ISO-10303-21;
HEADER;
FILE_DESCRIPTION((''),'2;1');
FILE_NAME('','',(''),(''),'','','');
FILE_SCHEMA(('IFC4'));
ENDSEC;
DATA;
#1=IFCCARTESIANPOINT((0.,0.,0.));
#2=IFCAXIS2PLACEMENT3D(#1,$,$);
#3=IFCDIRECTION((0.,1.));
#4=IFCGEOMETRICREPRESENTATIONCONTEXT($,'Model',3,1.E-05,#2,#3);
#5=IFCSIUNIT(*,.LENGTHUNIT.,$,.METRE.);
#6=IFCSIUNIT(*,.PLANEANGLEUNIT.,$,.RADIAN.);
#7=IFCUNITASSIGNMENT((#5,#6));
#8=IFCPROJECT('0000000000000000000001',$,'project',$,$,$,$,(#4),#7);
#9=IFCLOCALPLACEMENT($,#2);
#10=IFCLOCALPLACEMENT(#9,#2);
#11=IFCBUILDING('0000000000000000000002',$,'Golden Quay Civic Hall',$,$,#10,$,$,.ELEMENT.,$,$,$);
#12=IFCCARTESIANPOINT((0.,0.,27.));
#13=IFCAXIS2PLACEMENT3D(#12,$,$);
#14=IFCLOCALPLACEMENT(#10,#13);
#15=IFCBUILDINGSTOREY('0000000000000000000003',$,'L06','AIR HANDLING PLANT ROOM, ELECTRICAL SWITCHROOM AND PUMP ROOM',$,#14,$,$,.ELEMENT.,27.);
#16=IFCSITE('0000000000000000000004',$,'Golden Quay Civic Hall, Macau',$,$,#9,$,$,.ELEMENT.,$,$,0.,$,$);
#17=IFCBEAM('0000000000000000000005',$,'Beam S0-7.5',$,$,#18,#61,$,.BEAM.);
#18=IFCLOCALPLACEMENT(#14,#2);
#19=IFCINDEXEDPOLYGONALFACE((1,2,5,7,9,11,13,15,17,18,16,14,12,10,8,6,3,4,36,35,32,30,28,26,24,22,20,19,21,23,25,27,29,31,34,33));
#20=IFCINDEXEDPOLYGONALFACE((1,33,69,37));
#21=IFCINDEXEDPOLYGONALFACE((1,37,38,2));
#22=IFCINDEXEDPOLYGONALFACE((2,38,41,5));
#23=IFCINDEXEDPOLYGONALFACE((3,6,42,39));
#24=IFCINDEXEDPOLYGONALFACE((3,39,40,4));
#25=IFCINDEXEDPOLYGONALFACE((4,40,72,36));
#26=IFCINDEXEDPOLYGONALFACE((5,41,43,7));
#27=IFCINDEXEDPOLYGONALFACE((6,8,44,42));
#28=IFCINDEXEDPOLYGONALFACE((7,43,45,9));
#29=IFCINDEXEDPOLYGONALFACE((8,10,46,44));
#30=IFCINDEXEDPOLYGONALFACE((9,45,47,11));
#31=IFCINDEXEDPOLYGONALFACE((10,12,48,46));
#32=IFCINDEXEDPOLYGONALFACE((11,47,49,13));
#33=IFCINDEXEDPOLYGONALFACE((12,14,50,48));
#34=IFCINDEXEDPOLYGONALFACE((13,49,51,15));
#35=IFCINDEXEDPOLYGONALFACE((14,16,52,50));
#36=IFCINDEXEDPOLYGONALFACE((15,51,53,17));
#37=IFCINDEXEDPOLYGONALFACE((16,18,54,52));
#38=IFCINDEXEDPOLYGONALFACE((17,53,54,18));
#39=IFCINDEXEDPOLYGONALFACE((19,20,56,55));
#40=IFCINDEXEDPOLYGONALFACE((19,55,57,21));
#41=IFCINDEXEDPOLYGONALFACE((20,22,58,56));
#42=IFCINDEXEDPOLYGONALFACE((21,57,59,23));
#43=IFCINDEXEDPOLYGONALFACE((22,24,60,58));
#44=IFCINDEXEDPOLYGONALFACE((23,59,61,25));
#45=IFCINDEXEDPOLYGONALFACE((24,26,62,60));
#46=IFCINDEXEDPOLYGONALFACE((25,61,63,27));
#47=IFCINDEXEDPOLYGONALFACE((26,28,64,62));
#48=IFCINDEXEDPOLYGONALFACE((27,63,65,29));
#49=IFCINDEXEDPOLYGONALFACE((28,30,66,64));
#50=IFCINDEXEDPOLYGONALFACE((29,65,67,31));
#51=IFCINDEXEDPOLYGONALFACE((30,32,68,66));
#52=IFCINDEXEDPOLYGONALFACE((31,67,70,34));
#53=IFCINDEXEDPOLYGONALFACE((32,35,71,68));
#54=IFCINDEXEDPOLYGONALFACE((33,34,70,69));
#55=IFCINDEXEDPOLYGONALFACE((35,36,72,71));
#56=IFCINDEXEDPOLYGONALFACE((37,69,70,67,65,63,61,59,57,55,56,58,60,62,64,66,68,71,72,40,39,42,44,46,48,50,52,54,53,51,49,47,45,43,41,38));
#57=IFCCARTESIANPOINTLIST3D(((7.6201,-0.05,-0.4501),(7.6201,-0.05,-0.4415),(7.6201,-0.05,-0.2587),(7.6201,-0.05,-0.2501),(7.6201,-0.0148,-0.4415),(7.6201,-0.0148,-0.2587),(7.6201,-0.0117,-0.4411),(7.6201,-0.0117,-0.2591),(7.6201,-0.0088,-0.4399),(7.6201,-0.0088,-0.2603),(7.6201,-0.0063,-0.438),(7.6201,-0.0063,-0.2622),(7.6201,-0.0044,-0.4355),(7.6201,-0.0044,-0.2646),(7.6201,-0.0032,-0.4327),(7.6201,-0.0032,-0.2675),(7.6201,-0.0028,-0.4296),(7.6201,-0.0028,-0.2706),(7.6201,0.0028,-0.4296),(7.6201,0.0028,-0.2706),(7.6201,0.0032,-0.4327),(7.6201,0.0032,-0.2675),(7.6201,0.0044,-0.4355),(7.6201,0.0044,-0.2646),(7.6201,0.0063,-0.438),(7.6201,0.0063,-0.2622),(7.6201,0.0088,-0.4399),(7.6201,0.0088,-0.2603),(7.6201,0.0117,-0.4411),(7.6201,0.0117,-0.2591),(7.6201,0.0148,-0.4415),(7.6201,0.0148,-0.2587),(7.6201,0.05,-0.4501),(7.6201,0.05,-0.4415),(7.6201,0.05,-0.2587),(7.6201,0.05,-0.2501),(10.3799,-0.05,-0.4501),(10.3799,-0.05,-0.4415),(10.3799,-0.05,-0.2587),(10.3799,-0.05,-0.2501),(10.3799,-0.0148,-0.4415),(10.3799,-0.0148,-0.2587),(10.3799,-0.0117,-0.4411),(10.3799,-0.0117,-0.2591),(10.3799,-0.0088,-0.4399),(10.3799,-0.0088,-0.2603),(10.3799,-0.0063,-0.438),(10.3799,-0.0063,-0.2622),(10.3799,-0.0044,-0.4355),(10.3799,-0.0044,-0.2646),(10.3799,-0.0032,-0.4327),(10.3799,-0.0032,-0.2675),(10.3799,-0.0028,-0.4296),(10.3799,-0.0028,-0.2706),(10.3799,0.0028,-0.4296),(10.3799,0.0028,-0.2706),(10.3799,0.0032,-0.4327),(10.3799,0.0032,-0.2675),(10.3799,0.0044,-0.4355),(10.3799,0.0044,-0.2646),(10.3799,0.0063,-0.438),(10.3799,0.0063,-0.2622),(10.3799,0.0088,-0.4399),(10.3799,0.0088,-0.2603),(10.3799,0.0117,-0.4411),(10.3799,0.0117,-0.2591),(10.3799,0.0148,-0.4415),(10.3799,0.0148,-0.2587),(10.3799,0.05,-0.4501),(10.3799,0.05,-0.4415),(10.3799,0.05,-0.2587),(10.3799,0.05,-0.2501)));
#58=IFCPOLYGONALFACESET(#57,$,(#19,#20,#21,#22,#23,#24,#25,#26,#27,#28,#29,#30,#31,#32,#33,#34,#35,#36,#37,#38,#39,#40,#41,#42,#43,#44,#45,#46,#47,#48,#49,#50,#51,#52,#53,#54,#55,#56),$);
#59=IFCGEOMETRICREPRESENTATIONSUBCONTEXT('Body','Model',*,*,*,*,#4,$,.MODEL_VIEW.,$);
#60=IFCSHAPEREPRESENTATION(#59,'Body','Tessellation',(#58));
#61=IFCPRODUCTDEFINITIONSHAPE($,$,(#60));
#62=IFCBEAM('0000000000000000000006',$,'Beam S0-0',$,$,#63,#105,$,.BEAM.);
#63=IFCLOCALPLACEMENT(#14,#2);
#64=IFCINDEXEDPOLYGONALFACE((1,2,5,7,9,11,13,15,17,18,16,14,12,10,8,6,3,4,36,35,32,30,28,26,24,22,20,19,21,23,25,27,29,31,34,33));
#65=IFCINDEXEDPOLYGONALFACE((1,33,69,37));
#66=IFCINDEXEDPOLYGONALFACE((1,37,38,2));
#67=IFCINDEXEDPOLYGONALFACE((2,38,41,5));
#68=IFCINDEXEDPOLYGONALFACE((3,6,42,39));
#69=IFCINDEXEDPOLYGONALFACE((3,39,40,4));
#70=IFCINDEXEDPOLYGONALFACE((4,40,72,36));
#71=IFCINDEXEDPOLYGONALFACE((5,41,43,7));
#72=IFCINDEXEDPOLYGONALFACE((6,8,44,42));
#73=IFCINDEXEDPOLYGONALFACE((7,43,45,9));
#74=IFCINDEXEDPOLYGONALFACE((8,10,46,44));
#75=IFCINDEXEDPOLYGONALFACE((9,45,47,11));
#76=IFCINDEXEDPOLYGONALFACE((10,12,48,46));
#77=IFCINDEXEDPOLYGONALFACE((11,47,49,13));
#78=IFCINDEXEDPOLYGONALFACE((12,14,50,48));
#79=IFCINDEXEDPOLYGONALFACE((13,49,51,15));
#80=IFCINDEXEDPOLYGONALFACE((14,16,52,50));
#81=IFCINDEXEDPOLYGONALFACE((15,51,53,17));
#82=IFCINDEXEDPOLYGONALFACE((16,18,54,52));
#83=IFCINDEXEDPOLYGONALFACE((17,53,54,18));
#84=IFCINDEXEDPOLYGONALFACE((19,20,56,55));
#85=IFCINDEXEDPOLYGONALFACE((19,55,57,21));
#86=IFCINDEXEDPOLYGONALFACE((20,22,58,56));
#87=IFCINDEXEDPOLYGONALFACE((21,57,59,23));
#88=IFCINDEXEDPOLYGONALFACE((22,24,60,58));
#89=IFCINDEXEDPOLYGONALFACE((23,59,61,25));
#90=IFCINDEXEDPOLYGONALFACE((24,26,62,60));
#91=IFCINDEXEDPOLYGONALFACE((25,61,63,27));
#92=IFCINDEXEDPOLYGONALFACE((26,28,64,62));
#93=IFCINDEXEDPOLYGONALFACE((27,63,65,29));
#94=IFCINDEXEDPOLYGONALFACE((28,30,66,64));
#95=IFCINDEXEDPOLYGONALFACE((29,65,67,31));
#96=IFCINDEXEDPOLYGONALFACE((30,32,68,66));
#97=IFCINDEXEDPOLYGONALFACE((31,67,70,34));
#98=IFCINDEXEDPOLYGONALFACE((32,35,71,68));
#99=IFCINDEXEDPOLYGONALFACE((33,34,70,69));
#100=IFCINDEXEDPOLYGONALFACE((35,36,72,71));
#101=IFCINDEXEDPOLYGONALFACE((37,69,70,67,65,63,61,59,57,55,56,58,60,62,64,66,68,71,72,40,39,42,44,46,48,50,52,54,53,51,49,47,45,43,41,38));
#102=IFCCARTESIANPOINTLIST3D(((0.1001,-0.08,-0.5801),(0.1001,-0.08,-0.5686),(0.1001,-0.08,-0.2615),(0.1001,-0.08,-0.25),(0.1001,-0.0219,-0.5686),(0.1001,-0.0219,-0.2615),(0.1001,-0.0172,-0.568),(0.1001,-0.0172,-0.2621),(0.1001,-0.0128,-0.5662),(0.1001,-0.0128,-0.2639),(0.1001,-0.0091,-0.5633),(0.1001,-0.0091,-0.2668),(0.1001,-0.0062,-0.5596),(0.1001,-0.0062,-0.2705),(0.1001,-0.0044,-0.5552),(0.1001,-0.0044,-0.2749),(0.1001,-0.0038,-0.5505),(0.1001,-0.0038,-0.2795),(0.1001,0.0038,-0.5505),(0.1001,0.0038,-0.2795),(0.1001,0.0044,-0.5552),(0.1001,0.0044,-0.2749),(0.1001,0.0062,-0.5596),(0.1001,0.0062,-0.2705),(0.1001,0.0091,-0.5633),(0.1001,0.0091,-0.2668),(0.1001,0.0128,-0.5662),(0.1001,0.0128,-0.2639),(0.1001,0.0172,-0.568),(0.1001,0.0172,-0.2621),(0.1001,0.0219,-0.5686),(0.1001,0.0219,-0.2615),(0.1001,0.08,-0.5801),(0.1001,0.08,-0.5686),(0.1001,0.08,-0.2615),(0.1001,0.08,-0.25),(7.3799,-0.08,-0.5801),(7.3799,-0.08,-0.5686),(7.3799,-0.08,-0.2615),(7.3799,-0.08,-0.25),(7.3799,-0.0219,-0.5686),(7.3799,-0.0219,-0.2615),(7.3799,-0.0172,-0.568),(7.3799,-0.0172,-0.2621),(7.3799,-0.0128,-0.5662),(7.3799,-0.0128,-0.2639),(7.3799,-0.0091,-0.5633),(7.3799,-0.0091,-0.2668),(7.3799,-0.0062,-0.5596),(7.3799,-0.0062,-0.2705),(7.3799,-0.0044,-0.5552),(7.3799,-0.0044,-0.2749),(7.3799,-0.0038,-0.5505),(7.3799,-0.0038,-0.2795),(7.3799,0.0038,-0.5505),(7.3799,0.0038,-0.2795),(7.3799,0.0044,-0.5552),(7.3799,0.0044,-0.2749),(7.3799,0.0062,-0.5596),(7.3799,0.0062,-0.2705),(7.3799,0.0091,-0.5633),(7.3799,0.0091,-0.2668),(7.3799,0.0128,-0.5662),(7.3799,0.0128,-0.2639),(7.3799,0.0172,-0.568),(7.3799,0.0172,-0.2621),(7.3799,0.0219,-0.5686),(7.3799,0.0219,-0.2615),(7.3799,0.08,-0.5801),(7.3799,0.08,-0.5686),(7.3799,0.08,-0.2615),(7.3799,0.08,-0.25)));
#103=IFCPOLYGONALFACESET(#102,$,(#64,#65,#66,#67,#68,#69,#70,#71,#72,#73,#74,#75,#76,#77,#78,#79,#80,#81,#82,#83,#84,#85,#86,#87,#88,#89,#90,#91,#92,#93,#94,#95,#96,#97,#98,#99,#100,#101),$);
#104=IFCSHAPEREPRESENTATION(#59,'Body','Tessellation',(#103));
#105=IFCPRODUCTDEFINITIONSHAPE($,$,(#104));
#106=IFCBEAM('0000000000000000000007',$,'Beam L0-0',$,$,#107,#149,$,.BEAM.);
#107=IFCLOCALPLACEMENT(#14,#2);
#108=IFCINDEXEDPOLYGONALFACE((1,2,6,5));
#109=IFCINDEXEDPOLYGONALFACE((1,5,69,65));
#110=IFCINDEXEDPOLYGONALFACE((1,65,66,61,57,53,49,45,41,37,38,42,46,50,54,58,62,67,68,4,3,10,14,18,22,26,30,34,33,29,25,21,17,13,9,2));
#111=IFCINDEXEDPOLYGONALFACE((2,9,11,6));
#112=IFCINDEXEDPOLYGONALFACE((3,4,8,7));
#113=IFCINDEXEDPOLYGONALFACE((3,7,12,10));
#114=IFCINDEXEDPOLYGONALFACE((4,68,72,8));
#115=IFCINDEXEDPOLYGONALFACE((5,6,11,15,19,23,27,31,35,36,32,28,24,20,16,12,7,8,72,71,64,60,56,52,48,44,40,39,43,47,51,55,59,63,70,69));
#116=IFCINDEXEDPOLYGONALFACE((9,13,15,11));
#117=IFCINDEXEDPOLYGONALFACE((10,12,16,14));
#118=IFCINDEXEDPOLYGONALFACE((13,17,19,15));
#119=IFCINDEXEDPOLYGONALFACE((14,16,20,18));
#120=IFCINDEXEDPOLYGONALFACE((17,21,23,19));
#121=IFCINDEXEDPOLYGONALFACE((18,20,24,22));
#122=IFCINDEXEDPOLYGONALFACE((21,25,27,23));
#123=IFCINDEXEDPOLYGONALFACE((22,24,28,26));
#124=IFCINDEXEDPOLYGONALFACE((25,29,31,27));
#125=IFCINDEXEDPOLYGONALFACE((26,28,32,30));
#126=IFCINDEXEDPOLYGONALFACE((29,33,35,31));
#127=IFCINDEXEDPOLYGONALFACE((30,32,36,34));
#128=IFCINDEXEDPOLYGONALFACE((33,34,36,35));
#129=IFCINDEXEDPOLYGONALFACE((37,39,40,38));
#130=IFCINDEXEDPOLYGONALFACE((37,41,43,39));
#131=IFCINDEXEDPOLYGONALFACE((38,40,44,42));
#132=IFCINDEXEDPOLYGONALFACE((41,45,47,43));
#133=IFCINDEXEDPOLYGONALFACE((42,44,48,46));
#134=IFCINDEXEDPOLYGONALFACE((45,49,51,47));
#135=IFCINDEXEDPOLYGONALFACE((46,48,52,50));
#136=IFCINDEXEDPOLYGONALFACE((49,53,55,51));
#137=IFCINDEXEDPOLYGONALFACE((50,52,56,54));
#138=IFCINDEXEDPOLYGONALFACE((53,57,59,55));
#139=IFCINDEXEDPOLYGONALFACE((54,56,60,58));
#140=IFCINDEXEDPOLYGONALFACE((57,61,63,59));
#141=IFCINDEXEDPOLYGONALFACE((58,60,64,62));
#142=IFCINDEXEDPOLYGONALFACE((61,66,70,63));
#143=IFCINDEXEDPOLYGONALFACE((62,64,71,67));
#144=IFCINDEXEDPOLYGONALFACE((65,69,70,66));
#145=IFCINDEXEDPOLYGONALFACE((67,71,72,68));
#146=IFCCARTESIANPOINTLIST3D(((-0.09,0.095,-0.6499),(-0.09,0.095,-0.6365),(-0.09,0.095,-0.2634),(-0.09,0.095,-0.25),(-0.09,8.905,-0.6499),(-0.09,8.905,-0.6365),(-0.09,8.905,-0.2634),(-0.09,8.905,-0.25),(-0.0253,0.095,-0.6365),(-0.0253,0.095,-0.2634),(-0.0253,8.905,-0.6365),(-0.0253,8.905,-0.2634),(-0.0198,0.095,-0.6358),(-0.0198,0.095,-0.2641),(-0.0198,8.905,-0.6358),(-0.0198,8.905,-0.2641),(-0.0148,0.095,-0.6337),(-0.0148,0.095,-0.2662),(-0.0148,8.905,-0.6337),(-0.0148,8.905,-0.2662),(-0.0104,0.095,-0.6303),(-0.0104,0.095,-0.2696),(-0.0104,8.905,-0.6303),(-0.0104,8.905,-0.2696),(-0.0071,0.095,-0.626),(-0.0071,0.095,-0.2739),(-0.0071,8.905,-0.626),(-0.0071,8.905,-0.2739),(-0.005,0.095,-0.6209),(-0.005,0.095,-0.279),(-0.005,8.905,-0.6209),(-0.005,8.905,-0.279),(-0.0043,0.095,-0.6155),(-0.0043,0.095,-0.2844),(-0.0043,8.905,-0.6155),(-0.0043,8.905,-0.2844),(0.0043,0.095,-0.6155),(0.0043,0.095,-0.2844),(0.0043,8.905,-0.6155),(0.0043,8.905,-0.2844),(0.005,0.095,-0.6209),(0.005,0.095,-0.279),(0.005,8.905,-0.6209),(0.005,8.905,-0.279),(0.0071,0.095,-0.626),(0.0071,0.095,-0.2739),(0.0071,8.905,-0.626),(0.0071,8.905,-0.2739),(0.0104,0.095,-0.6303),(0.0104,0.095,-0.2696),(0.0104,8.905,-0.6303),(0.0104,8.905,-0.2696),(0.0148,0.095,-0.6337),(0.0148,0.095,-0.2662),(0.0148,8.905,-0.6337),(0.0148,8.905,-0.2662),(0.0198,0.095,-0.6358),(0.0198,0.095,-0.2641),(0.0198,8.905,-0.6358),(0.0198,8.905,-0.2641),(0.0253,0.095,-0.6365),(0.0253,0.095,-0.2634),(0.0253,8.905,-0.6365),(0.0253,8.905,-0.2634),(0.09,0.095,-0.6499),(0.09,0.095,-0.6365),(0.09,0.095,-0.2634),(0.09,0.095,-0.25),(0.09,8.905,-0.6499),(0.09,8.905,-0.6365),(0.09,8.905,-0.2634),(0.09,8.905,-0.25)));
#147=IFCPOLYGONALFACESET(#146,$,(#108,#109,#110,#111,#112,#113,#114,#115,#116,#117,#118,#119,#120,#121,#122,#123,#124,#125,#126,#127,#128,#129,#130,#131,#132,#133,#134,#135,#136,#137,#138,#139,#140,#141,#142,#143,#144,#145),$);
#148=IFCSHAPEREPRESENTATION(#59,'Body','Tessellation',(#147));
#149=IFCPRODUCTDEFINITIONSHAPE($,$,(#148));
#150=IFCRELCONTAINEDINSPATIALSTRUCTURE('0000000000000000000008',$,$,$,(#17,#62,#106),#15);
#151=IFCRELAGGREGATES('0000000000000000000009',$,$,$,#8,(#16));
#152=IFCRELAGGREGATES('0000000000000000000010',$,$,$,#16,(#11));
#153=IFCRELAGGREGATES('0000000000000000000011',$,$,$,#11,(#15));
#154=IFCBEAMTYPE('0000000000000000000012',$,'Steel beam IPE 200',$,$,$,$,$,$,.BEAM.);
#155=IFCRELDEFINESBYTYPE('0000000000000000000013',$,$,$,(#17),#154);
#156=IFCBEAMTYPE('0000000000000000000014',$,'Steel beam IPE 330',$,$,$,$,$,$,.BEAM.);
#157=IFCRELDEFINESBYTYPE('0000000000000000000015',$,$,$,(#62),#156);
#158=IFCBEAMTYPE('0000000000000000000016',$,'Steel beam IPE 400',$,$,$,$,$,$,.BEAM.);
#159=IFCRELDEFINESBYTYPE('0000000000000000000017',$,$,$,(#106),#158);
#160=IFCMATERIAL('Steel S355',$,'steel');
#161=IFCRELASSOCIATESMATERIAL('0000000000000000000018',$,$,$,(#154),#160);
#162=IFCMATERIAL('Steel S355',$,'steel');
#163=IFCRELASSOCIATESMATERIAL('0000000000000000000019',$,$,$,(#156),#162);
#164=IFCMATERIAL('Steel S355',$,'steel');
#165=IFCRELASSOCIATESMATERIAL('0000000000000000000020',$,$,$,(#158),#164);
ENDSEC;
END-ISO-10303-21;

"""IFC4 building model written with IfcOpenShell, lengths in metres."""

from ifc_helpers import new_model, si_unit, direction, frame, origin, origin_2d, place, context, subcontext, project, spatial, i_section, extrude, material, material_profile, profile_set, type_object, element, save


model = new_model("IFC4")

# Units and contexts
model_context = context("Model", 3, precision=1e-05, world=origin(), true_north=direction((0.0, 1.0)))
body_context = subcontext(model_context, "Body", "Model", "MODEL_VIEW")
ifc_project = project(units=[si_unit("LENGTHUNIT", "METRE"), si_unit("PLANEANGLEUNIT", "RADIAN")], contexts=[model_context])

# Site, building, storey
site_placement = place(None, origin())
site = spatial("IfcSite", under=ifc_project, at=site_placement, Name="Golden Quay Civic Hall, Macau", CompositionType="ELEMENT", RefElevation=0.0)
building_placement = place(site_placement, origin())
building = spatial("IfcBuilding", under=site, at=building_placement, Name="Golden Quay Civic Hall", CompositionType="ELEMENT")
storey_placement = place(building_placement, frame((0.0, 0.0, 27.0)))
storey = spatial("IfcBuildingStorey", under=building, at=storey_placement, Name="L06", Description="AIR HANDLING PLANT ROOM, ELECTRICAL SWITCHROOM AND PUMP ROOM", CompositionType="ELEMENT", Elevation=27.0)

# Beams
ifc_material_1 = material(Name="Steel S355", Category="steel")
ifc_material_profile_1 = material_profile(ifc_material_1, i_section(OverallWidth=0.1001, OverallDepth=0.2, WebThickness=0.0056, FlangeThickness=0.0085, FilletRadius=0.012, at=origin_2d()), Name="IPE 200")
ifc_profile_set_1 = profile_set([ifc_material_profile_1], Name="Steel S355")
beam_type_1 = type_object("IfcBeamType", Name="Steel beam IPE 200", PredefinedType="BEAM", material=ifc_profile_set_1)
beam_1_placement = place(storey_placement, frame((7.6201, 0.0, -0.3501), z_axis=(1.0, 0.0, 0.0), x_axis=(0.0, 1.0, 0.0)))
element("IfcBeam", 1, at=beam_1_placement, inside=storey, type_object=beam_type_1, Name="Beam S0-7.5", PredefinedType="BEAM", context=body_context, shape_type="SweptSolid", body=[
    extrude(i_section(OverallWidth=0.1001, OverallDepth=0.2, WebThickness=0.0056, FlangeThickness=0.0085, FilletRadius=0.012, at=origin_2d()), origin(), (0.0, 0.0, 1.0), 2.7598),
])
ifc_material_2 = material(Name="Steel S355", Category="steel")
ifc_material_profile_2 = material_profile(ifc_material_2, i_section(OverallWidth=0.1599, OverallDepth=0.3301, WebThickness=0.0076, FlangeThickness=0.0115, FilletRadius=0.0181, at=origin_2d()), Name="IPE 330")
ifc_profile_set_2 = profile_set([ifc_material_profile_2], Name="Steel S355")
beam_type_2 = type_object("IfcBeamType", Name="Steel beam IPE 330", PredefinedType="BEAM", material=ifc_profile_set_2)
beam_2_placement = place(storey_placement, frame((0.1001, 0.0, -0.415), z_axis=(1.0, 0.0, 0.0), x_axis=(0.0, 1.0, 0.0)))
element("IfcBeam", 2, at=beam_2_placement, inside=storey, type_object=beam_type_2, Name="Beam S0-0", PredefinedType="BEAM", context=body_context, shape_type="SweptSolid", body=[
    extrude(i_section(OverallWidth=0.1599, OverallDepth=0.3301, WebThickness=0.0076, FlangeThickness=0.0115, FilletRadius=0.0181, at=origin_2d()), origin(), (0.0, 0.0, 1.0), 7.2798),
])
ifc_material_3 = material(Name="Steel S355", Category="steel")
ifc_material_profile_3 = material_profile(ifc_material_3, i_section(OverallWidth=0.1799, OverallDepth=0.3999, WebThickness=0.0085, FlangeThickness=0.0134, FilletRadius=0.021, at=origin_2d()), Name="IPE 400")
ifc_profile_set_3 = profile_set([ifc_material_profile_3], Name="Steel S355")
beam_type_3 = type_object("IfcBeamType", Name="Steel beam IPE 400", PredefinedType="BEAM", material=ifc_profile_set_3)
beam_3_placement = place(storey_placement, frame((0.0, 0.095, -0.45), z_axis=(0.0, 1.0, 0.0), x_axis=(-1.0, 0.0, 0.0)))
element("IfcBeam", 3, at=beam_3_placement, inside=storey, type_object=beam_type_3, Name="Beam L0-0", PredefinedType="BEAM", context=body_context, shape_type="SweptSolid", body=[
    extrude(i_section(OverallWidth=0.1799, OverallDepth=0.3999, WebThickness=0.0085, FlangeThickness=0.0134, FilletRadius=0.021, at=origin_2d()), origin(), (0.0, 0.0, 1.0), 8.8101),
])

save(model, "model.ifc")
